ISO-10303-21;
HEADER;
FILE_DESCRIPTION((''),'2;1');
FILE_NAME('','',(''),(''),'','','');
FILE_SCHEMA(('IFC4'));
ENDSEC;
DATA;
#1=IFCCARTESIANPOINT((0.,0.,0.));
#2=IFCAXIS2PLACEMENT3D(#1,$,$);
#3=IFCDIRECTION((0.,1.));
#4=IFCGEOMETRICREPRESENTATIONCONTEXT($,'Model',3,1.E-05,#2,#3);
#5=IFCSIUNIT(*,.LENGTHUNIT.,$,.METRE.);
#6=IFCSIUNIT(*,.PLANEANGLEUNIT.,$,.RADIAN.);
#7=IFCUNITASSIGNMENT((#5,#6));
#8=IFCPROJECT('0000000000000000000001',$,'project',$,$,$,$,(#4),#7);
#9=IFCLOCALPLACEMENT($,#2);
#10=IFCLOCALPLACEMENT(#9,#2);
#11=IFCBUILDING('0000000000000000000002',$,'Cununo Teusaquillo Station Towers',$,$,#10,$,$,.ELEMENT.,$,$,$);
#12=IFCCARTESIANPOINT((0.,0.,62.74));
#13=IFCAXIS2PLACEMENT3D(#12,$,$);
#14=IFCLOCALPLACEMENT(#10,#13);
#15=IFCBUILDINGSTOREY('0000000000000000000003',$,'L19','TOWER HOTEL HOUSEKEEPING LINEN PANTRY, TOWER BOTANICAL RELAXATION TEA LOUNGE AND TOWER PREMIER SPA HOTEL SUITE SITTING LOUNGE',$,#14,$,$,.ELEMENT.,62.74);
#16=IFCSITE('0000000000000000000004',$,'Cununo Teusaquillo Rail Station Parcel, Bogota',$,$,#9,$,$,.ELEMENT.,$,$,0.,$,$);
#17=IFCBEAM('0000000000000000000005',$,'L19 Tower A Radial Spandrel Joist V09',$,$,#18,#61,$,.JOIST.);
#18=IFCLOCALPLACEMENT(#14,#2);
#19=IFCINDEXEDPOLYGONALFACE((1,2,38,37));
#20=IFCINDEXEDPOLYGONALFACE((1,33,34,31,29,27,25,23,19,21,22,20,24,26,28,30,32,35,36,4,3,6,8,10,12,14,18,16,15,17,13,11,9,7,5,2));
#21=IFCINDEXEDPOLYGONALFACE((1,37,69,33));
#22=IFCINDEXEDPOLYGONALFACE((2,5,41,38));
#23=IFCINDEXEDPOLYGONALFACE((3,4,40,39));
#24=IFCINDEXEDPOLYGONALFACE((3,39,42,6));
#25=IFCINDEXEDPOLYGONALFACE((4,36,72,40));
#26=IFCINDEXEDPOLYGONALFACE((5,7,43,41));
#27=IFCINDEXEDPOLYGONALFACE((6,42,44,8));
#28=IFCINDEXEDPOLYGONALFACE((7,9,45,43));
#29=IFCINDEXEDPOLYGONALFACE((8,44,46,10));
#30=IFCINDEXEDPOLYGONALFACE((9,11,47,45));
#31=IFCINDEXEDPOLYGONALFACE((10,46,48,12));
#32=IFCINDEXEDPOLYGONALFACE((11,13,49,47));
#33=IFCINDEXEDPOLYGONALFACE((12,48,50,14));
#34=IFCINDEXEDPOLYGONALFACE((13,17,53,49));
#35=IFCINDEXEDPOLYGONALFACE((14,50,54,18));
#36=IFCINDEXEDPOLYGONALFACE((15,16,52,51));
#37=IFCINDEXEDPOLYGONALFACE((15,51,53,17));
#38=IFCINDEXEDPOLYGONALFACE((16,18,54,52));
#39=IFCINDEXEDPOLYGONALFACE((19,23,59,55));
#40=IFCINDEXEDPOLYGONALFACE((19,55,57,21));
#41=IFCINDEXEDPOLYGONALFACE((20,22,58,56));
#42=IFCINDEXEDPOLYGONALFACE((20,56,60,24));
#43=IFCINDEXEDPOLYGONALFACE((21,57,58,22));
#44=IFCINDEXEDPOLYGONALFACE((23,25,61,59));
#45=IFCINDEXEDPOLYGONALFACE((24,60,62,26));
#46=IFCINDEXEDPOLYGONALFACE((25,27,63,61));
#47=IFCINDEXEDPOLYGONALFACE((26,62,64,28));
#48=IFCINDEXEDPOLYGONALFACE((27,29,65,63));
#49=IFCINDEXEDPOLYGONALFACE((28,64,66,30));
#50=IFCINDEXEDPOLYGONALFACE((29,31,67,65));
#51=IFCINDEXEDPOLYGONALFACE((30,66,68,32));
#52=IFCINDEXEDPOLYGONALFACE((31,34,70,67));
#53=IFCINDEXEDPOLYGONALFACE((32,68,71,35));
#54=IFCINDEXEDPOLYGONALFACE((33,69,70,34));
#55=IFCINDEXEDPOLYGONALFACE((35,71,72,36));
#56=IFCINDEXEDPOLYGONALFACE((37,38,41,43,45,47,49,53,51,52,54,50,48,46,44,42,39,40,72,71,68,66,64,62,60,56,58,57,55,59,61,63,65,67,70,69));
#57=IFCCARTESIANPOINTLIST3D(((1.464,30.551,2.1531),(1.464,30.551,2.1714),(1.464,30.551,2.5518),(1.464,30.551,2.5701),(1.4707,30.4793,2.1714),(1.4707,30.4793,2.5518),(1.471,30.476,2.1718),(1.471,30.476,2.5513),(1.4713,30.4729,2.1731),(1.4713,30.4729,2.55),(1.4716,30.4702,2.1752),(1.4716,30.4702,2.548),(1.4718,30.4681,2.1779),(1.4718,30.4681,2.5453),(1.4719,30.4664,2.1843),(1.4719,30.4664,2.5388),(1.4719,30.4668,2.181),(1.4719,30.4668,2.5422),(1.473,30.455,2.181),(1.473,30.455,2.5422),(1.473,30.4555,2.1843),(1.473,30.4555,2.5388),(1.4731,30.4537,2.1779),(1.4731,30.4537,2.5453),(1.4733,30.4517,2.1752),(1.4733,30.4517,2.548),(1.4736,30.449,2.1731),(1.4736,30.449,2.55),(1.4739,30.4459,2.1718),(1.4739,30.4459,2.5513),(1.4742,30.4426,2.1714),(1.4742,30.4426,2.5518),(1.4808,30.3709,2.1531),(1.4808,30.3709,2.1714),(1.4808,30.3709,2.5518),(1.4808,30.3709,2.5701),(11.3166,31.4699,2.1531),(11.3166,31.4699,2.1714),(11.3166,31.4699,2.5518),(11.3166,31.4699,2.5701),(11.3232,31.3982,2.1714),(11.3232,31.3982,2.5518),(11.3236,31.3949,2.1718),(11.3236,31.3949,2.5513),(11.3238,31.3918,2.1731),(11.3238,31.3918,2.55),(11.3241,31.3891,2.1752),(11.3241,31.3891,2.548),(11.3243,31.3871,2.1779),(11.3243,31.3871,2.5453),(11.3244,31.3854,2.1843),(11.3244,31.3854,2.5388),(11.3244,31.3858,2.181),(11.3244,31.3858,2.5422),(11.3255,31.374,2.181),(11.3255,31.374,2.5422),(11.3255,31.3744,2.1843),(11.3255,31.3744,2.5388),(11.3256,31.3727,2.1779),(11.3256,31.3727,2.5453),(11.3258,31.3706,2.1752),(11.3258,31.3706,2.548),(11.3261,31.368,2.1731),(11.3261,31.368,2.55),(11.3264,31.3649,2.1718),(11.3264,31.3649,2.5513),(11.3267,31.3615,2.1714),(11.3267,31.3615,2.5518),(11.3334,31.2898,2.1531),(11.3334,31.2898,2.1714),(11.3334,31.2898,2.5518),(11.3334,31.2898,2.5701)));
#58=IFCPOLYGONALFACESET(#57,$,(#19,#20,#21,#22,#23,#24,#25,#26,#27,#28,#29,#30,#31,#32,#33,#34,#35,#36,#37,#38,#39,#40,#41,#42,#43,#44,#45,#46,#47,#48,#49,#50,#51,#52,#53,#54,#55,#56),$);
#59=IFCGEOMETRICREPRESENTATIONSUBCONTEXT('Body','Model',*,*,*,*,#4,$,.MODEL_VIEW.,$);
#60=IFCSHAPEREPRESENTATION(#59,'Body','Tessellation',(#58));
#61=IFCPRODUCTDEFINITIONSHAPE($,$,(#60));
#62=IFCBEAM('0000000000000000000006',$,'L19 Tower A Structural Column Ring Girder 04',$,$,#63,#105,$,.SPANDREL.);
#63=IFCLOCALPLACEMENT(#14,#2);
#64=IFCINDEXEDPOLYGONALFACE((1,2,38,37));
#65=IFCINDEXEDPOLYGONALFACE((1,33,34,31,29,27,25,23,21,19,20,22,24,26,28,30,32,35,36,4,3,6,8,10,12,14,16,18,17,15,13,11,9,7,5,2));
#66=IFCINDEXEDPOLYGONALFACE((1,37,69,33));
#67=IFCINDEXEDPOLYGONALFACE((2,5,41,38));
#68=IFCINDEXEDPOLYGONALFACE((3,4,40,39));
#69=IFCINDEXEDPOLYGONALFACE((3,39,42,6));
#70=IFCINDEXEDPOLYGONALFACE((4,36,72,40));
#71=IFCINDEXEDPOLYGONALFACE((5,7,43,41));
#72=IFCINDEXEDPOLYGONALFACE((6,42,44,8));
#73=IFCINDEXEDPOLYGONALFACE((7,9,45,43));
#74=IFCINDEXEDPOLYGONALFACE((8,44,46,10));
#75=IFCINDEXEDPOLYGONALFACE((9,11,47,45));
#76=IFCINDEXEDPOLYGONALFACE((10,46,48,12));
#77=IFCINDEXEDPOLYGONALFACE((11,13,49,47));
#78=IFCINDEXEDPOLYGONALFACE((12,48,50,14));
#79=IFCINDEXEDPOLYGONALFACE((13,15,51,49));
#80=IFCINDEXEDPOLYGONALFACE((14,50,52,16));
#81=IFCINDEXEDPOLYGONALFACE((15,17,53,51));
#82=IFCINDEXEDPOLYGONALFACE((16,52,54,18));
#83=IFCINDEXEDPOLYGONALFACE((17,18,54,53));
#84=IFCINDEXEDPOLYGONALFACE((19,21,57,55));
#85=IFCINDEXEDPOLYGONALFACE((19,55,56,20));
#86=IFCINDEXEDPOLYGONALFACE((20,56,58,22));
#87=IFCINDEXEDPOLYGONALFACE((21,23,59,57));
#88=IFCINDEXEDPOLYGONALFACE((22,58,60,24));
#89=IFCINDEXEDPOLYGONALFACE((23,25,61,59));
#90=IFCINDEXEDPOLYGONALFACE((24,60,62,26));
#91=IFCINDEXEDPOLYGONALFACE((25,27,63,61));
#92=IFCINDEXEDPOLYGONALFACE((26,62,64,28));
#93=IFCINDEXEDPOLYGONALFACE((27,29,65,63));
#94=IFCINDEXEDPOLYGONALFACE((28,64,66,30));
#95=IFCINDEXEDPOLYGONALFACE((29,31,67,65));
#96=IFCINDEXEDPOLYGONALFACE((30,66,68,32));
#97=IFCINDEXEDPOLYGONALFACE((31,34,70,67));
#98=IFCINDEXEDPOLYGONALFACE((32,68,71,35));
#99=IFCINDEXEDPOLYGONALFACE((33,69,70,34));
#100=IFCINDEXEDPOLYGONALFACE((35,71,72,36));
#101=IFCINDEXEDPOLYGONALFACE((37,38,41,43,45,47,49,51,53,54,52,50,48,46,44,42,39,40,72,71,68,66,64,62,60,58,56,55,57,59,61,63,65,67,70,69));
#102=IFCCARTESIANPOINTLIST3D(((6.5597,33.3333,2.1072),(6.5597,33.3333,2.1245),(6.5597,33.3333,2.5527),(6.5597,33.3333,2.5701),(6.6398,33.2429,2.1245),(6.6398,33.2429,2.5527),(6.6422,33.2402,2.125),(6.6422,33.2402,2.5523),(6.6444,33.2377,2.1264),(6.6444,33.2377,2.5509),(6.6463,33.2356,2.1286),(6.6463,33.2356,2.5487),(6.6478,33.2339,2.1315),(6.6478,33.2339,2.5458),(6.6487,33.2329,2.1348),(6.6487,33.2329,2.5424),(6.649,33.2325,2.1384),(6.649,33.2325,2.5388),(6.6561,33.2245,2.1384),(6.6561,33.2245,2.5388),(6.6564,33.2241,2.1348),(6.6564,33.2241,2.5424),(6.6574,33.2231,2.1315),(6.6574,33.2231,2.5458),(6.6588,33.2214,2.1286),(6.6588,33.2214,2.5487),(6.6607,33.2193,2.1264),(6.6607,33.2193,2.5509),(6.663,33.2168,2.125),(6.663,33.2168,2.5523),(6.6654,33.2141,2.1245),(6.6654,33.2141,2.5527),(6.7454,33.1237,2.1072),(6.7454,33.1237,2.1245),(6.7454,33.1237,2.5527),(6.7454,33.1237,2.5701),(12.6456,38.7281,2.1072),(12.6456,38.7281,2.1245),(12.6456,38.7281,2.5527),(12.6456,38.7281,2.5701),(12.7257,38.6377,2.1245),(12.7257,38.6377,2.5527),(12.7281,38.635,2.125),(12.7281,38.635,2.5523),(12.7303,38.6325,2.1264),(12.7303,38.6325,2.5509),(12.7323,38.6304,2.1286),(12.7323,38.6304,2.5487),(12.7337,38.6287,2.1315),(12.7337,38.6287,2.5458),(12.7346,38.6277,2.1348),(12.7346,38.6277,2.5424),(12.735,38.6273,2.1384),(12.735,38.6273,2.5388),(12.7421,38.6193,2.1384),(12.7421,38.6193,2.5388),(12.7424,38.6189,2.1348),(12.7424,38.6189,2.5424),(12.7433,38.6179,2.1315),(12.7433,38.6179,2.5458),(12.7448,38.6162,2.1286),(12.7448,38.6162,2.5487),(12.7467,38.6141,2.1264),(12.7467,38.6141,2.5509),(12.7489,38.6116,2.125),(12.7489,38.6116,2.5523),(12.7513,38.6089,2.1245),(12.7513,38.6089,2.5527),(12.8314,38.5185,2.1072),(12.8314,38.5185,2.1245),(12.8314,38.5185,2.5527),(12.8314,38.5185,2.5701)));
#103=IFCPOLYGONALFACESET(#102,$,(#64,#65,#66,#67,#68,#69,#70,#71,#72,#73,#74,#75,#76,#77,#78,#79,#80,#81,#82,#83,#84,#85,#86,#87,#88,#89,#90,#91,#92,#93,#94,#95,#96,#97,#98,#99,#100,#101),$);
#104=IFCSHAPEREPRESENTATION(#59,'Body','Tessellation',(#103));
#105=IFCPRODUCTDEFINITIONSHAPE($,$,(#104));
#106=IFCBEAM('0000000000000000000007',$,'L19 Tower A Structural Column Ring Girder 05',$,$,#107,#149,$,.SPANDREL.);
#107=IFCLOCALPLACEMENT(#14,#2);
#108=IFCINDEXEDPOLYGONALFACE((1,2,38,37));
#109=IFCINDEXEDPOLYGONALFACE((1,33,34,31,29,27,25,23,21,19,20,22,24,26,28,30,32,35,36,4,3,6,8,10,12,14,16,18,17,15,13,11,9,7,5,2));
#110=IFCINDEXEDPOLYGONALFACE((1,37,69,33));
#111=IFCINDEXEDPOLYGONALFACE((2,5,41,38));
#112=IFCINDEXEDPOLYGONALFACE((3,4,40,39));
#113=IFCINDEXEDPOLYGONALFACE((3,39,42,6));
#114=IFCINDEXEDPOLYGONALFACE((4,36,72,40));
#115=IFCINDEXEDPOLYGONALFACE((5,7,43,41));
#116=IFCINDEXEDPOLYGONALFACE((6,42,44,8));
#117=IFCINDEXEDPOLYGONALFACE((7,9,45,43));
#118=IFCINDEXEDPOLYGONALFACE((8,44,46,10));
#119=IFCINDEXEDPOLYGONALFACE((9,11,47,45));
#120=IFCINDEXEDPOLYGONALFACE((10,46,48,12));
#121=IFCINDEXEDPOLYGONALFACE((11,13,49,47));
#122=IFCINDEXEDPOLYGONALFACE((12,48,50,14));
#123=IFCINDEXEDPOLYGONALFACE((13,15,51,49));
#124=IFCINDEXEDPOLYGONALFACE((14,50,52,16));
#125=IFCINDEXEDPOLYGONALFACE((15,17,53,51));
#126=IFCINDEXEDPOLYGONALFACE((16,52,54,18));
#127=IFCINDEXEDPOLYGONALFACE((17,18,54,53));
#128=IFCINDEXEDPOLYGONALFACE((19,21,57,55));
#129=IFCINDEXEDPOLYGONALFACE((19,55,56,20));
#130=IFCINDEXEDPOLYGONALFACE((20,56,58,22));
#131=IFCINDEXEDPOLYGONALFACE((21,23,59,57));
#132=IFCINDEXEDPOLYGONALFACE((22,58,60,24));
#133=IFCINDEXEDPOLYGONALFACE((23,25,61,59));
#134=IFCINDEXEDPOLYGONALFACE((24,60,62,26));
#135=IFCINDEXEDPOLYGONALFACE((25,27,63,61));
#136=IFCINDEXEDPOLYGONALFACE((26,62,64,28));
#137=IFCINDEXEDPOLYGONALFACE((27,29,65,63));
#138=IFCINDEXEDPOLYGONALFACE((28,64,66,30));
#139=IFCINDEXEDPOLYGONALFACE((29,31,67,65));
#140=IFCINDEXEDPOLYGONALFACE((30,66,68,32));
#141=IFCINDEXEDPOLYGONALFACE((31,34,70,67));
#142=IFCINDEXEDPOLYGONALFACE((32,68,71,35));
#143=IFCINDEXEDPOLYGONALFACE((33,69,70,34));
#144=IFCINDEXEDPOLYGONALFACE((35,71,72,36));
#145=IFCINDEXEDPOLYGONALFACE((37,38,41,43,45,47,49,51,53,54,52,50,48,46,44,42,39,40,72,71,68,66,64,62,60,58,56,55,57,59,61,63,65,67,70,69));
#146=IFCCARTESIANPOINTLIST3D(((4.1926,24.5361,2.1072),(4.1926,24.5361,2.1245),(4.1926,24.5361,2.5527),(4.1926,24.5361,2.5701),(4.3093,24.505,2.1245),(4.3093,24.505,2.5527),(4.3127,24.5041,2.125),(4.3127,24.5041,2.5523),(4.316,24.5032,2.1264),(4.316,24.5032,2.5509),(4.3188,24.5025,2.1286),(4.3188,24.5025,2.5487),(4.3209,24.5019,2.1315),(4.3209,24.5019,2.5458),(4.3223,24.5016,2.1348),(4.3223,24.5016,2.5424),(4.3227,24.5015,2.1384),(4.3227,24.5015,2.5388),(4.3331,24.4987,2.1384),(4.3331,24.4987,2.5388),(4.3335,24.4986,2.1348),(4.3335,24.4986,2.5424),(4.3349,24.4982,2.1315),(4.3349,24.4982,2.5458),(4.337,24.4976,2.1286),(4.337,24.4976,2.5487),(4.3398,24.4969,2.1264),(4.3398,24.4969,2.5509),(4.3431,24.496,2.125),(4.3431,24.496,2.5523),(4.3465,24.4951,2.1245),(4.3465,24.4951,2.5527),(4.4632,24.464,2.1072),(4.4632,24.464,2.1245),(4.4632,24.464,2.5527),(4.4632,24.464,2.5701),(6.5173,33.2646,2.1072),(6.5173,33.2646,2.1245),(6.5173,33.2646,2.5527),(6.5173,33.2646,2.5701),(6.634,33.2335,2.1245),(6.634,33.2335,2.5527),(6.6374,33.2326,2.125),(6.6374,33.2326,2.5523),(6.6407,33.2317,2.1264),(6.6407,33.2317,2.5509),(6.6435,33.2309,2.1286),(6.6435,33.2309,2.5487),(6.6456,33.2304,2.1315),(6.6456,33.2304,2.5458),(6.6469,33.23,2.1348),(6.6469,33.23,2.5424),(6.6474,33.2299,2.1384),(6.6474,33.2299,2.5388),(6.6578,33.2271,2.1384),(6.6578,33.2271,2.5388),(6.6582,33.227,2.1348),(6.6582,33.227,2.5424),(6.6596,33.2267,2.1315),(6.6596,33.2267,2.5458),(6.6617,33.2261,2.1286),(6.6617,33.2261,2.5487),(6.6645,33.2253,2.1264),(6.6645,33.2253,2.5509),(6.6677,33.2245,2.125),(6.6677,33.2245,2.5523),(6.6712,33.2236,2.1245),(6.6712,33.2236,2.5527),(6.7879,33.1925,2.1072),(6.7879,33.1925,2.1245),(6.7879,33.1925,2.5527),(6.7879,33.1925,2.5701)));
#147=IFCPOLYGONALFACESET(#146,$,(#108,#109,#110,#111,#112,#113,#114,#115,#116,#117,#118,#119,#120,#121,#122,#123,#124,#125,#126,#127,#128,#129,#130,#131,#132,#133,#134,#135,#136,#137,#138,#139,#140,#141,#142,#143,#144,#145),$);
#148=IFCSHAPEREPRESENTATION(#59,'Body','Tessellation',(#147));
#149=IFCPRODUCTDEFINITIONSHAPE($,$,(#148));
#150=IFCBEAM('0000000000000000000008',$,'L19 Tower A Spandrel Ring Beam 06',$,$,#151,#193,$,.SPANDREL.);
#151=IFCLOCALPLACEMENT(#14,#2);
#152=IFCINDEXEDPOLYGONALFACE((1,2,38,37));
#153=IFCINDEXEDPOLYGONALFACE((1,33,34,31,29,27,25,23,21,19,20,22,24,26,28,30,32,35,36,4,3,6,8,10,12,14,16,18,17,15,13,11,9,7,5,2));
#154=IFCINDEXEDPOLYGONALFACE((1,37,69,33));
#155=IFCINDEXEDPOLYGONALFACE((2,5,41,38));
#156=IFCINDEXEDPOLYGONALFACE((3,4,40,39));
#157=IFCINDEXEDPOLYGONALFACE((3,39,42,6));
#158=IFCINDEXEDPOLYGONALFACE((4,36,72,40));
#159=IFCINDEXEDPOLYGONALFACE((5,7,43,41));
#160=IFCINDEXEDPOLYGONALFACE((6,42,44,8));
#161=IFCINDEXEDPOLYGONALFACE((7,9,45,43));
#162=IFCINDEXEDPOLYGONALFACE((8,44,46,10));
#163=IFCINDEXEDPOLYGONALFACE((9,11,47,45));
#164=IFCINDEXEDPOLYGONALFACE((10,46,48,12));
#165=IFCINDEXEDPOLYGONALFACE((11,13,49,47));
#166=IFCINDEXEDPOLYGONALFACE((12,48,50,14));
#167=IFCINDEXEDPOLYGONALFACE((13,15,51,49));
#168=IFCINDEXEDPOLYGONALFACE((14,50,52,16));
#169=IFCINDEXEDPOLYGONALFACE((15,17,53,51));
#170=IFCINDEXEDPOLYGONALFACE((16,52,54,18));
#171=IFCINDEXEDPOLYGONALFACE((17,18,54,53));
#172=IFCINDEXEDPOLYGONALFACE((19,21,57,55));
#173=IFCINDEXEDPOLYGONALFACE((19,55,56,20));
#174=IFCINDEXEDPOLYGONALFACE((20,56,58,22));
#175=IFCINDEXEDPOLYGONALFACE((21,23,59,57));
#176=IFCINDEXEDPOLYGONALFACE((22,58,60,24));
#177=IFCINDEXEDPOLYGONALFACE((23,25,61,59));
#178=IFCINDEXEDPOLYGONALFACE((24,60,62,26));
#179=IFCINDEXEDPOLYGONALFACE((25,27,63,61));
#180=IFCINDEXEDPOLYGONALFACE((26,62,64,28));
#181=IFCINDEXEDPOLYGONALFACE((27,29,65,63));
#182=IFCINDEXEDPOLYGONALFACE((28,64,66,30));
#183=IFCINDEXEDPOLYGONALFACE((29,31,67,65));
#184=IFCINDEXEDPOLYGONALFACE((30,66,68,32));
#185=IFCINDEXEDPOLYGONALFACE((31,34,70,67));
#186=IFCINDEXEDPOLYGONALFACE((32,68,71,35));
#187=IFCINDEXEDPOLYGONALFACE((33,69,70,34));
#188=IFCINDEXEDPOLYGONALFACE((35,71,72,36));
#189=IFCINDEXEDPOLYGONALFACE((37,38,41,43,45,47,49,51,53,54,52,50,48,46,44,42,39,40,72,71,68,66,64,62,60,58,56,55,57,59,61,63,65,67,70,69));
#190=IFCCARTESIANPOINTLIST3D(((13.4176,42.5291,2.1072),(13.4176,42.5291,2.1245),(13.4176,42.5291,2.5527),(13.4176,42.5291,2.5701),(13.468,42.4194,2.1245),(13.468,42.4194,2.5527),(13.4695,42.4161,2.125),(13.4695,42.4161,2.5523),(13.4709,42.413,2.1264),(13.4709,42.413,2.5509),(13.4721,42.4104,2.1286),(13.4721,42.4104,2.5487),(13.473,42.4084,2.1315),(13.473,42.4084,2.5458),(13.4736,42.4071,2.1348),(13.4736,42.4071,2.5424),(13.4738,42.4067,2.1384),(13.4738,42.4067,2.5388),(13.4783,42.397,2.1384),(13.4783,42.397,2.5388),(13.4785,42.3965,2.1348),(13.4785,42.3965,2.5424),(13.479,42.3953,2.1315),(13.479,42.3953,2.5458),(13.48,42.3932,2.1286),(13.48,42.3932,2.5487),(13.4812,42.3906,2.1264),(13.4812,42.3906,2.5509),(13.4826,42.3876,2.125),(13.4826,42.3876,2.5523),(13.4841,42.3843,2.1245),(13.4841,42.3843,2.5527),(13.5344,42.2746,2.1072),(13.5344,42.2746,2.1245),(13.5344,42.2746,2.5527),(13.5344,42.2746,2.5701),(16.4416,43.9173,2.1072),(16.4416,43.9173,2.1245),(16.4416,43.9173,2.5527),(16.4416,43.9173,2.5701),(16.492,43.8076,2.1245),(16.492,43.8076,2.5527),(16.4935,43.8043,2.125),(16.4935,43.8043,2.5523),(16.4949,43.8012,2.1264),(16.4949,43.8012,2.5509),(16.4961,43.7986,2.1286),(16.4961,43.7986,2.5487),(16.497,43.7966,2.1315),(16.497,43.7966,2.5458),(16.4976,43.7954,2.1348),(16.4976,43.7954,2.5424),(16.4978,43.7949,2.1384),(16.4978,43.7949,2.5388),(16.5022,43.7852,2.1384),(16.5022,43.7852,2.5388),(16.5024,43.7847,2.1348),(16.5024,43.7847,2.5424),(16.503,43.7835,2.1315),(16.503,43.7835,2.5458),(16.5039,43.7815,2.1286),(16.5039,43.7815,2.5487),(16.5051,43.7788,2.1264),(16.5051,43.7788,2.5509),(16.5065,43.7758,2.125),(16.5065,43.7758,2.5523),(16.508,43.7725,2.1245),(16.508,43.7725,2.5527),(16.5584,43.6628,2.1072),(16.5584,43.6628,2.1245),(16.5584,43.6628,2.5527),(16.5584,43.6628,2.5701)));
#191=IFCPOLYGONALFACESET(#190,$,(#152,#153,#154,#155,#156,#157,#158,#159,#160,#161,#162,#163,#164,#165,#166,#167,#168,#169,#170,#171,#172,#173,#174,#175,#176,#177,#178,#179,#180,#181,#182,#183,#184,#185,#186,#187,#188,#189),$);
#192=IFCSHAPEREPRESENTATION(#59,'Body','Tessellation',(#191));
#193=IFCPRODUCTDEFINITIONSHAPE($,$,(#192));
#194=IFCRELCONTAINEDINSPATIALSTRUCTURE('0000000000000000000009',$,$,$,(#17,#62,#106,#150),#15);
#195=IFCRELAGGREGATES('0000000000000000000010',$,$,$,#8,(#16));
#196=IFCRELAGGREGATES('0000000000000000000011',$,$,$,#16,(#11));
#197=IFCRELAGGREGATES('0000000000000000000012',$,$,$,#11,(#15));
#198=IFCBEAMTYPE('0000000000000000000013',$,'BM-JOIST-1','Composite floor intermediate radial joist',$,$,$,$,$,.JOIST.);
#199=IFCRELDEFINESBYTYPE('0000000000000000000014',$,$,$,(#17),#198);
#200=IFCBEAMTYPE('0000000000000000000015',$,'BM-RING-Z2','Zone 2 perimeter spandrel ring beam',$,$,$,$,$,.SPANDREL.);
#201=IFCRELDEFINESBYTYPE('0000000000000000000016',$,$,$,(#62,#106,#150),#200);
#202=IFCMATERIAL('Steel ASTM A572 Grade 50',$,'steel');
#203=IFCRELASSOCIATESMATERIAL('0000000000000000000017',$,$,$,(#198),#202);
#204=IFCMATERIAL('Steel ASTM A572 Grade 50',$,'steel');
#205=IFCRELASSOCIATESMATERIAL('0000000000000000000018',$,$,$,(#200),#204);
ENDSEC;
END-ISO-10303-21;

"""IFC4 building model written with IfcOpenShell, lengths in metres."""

from ifc_helpers import new_model, si_unit, direction, frame, origin, origin_2d, place, context, subcontext, project, spatial, i_section, extrude, material, material_profile, profile_set, type_object, element, save


model = new_model("IFC4")

# Units and contexts
model_context = context("Model", 3, precision=1e-05, world=origin(), true_north=direction((0.0, 1.0)))
body_context = subcontext(model_context, "Body", "Model", "MODEL_VIEW")
ifc_project = project(units=[si_unit("LENGTHUNIT", "METRE"), si_unit("PLANEANGLEUNIT", "RADIAN")], contexts=[model_context])

# Site, building, storey
site_placement = place(None, origin())
site = spatial("IfcSite", under=ifc_project, at=site_placement, Name="Cununo Teusaquillo Rail Station Parcel, Bogota", CompositionType="ELEMENT", RefElevation=0.0)
building_placement = place(site_placement, origin())
building = spatial("IfcBuilding", under=site, at=building_placement, Name="Cununo Teusaquillo Station Towers", CompositionType="ELEMENT")
storey_placement = place(building_placement, frame((0.0, 0.0, 62.74)))
storey = spatial("IfcBuildingStorey", under=building, at=storey_placement, Name="L19", Description="TOWER HOTEL HOUSEKEEPING LINEN PANTRY, TOWER BOTANICAL RELAXATION TEA LOUNGE AND TOWER PREMIER SPA HOTEL SUITE SITTING LOUNGE", CompositionType="ELEMENT", Elevation=62.74)

# Beams
ifc_material_1 = material(Name="Steel ASTM A572 Grade 50", Category="steel")
ifc_material_profile_1 = material_profile(ifc_material_1, i_section(OverallWidth=0.1809, OverallDepth=0.417, WebThickness=0.011, FlangeThickness=0.0183, FilletRadius=0.0129, at=origin_2d()), Name="W16X57")
ifc_profile_set_1 = profile_set([ifc_material_profile_1], Name="Steel ASTM A572 Grade 50")
beam_type_1 = type_object("IfcBeamType", Name="BM-JOIST-1", Description="Composite floor intermediate radial joist", PredefinedType="JOIST", material=ifc_profile_set_1)
beam_1_placement = place(storey_placement, frame((11.325, 31.3799, 2.3616), z_axis=(-0.995679, -0.092867, 0.0), x_axis=(0.092867, -0.995679, 0.0)))
element("IfcBeam", 1, at=beam_1_placement, inside=storey, type_object=beam_type_1, Name="L19 Tower A Radial Spandrel Joist V09", PredefinedType="JOIST", context=body_context, shape_type="SweptSolid", body=[
    extrude(i_section(OverallWidth=0.1809, OverallDepth=0.417, WebThickness=0.011, FlangeThickness=0.0183, FilletRadius=0.0129, at=origin_2d()), origin(), (0.0, 0.0, 1.0), 9.8953),
])
ifc_material_2 = material(Name="Steel ASTM A572 Grade 50", Category="steel")
ifc_material_profile_2 = material_profile(ifc_material_2, i_section(OverallWidth=0.28, OverallDepth=0.4629, WebThickness=0.0107, FlangeThickness=0.0173, FilletRadius=0.0139, at=origin_2d()), Name="W18X76")
ifc_profile_set_2 = profile_set([ifc_material_profile_2], Name="Steel ASTM A572 Grade 50")
beam_type_2 = type_object("IfcBeamType", Name="BM-RING-Z2", Description="Zone 2 perimeter spandrel ring beam", PredefinedType="SPANDREL", material=ifc_profile_set_2)
beam_2_placement = place(storey_placement, frame((12.7385, 38.6233, 2.3386), z_axis=(-0.748321, -0.663337, 0.0), x_axis=(0.663337, -0.748321, 0.0)))
element("IfcBeam", 2, at=beam_2_placement, inside=storey, type_object=beam_type_2, Name="L19 Tower A Structural Column Ring Girder 04", PredefinedType="SPANDREL", context=body_context, shape_type="SweptSolid", body=[
    extrude(i_section(OverallWidth=0.28, OverallDepth=0.4629, WebThickness=0.0107, FlangeThickness=0.0173, FilletRadius=0.0139, at=origin_2d()), origin(), (0.0, 0.0, 1.0), 8.1328),
])
beam_3_placement = place(storey_placement, frame((6.6526, 33.2285, 2.3386), z_axis=(-0.257363, -0.966315, 0.0), x_axis=(0.966315, -0.257363, 0.0)))
element("IfcBeam", 3, at=beam_3_placement, inside=storey, type_object=beam_type_2, Name="L19 Tower A Structural Column Ring Girder 05", PredefinedType="SPANDREL", context=body_context, shape_type="SweptSolid", body=[
    extrude(i_section(OverallWidth=0.28, OverallDepth=0.4629, WebThickness=0.0107, FlangeThickness=0.0173, FilletRadius=0.0139, at=origin_2d()), origin(), (0.0, 0.0, 1.0), 9.0327),
])
beam_4_placement = place(storey_placement, frame((16.5, 43.79, 2.3386), z_axis=(-0.908812, -0.417205, 0.0), x_axis=(0.417205, -0.908812, 0.0)))
element("IfcBeam", 4, at=beam_4_placement, inside=storey, type_object=beam_type_2, Name="L19 Tower A Spandrel Ring Beam 06", PredefinedType="SPANDREL", context=body_context, shape_type="SweptSolid", body=[
    extrude(i_section(OverallWidth=0.28, OverallDepth=0.4629, WebThickness=0.0107, FlangeThickness=0.0173, FilletRadius=0.0139, at=origin_2d()), origin(), (0.0, 0.0, 1.0), 3.3274),
])

save(model, "model.ifc")
